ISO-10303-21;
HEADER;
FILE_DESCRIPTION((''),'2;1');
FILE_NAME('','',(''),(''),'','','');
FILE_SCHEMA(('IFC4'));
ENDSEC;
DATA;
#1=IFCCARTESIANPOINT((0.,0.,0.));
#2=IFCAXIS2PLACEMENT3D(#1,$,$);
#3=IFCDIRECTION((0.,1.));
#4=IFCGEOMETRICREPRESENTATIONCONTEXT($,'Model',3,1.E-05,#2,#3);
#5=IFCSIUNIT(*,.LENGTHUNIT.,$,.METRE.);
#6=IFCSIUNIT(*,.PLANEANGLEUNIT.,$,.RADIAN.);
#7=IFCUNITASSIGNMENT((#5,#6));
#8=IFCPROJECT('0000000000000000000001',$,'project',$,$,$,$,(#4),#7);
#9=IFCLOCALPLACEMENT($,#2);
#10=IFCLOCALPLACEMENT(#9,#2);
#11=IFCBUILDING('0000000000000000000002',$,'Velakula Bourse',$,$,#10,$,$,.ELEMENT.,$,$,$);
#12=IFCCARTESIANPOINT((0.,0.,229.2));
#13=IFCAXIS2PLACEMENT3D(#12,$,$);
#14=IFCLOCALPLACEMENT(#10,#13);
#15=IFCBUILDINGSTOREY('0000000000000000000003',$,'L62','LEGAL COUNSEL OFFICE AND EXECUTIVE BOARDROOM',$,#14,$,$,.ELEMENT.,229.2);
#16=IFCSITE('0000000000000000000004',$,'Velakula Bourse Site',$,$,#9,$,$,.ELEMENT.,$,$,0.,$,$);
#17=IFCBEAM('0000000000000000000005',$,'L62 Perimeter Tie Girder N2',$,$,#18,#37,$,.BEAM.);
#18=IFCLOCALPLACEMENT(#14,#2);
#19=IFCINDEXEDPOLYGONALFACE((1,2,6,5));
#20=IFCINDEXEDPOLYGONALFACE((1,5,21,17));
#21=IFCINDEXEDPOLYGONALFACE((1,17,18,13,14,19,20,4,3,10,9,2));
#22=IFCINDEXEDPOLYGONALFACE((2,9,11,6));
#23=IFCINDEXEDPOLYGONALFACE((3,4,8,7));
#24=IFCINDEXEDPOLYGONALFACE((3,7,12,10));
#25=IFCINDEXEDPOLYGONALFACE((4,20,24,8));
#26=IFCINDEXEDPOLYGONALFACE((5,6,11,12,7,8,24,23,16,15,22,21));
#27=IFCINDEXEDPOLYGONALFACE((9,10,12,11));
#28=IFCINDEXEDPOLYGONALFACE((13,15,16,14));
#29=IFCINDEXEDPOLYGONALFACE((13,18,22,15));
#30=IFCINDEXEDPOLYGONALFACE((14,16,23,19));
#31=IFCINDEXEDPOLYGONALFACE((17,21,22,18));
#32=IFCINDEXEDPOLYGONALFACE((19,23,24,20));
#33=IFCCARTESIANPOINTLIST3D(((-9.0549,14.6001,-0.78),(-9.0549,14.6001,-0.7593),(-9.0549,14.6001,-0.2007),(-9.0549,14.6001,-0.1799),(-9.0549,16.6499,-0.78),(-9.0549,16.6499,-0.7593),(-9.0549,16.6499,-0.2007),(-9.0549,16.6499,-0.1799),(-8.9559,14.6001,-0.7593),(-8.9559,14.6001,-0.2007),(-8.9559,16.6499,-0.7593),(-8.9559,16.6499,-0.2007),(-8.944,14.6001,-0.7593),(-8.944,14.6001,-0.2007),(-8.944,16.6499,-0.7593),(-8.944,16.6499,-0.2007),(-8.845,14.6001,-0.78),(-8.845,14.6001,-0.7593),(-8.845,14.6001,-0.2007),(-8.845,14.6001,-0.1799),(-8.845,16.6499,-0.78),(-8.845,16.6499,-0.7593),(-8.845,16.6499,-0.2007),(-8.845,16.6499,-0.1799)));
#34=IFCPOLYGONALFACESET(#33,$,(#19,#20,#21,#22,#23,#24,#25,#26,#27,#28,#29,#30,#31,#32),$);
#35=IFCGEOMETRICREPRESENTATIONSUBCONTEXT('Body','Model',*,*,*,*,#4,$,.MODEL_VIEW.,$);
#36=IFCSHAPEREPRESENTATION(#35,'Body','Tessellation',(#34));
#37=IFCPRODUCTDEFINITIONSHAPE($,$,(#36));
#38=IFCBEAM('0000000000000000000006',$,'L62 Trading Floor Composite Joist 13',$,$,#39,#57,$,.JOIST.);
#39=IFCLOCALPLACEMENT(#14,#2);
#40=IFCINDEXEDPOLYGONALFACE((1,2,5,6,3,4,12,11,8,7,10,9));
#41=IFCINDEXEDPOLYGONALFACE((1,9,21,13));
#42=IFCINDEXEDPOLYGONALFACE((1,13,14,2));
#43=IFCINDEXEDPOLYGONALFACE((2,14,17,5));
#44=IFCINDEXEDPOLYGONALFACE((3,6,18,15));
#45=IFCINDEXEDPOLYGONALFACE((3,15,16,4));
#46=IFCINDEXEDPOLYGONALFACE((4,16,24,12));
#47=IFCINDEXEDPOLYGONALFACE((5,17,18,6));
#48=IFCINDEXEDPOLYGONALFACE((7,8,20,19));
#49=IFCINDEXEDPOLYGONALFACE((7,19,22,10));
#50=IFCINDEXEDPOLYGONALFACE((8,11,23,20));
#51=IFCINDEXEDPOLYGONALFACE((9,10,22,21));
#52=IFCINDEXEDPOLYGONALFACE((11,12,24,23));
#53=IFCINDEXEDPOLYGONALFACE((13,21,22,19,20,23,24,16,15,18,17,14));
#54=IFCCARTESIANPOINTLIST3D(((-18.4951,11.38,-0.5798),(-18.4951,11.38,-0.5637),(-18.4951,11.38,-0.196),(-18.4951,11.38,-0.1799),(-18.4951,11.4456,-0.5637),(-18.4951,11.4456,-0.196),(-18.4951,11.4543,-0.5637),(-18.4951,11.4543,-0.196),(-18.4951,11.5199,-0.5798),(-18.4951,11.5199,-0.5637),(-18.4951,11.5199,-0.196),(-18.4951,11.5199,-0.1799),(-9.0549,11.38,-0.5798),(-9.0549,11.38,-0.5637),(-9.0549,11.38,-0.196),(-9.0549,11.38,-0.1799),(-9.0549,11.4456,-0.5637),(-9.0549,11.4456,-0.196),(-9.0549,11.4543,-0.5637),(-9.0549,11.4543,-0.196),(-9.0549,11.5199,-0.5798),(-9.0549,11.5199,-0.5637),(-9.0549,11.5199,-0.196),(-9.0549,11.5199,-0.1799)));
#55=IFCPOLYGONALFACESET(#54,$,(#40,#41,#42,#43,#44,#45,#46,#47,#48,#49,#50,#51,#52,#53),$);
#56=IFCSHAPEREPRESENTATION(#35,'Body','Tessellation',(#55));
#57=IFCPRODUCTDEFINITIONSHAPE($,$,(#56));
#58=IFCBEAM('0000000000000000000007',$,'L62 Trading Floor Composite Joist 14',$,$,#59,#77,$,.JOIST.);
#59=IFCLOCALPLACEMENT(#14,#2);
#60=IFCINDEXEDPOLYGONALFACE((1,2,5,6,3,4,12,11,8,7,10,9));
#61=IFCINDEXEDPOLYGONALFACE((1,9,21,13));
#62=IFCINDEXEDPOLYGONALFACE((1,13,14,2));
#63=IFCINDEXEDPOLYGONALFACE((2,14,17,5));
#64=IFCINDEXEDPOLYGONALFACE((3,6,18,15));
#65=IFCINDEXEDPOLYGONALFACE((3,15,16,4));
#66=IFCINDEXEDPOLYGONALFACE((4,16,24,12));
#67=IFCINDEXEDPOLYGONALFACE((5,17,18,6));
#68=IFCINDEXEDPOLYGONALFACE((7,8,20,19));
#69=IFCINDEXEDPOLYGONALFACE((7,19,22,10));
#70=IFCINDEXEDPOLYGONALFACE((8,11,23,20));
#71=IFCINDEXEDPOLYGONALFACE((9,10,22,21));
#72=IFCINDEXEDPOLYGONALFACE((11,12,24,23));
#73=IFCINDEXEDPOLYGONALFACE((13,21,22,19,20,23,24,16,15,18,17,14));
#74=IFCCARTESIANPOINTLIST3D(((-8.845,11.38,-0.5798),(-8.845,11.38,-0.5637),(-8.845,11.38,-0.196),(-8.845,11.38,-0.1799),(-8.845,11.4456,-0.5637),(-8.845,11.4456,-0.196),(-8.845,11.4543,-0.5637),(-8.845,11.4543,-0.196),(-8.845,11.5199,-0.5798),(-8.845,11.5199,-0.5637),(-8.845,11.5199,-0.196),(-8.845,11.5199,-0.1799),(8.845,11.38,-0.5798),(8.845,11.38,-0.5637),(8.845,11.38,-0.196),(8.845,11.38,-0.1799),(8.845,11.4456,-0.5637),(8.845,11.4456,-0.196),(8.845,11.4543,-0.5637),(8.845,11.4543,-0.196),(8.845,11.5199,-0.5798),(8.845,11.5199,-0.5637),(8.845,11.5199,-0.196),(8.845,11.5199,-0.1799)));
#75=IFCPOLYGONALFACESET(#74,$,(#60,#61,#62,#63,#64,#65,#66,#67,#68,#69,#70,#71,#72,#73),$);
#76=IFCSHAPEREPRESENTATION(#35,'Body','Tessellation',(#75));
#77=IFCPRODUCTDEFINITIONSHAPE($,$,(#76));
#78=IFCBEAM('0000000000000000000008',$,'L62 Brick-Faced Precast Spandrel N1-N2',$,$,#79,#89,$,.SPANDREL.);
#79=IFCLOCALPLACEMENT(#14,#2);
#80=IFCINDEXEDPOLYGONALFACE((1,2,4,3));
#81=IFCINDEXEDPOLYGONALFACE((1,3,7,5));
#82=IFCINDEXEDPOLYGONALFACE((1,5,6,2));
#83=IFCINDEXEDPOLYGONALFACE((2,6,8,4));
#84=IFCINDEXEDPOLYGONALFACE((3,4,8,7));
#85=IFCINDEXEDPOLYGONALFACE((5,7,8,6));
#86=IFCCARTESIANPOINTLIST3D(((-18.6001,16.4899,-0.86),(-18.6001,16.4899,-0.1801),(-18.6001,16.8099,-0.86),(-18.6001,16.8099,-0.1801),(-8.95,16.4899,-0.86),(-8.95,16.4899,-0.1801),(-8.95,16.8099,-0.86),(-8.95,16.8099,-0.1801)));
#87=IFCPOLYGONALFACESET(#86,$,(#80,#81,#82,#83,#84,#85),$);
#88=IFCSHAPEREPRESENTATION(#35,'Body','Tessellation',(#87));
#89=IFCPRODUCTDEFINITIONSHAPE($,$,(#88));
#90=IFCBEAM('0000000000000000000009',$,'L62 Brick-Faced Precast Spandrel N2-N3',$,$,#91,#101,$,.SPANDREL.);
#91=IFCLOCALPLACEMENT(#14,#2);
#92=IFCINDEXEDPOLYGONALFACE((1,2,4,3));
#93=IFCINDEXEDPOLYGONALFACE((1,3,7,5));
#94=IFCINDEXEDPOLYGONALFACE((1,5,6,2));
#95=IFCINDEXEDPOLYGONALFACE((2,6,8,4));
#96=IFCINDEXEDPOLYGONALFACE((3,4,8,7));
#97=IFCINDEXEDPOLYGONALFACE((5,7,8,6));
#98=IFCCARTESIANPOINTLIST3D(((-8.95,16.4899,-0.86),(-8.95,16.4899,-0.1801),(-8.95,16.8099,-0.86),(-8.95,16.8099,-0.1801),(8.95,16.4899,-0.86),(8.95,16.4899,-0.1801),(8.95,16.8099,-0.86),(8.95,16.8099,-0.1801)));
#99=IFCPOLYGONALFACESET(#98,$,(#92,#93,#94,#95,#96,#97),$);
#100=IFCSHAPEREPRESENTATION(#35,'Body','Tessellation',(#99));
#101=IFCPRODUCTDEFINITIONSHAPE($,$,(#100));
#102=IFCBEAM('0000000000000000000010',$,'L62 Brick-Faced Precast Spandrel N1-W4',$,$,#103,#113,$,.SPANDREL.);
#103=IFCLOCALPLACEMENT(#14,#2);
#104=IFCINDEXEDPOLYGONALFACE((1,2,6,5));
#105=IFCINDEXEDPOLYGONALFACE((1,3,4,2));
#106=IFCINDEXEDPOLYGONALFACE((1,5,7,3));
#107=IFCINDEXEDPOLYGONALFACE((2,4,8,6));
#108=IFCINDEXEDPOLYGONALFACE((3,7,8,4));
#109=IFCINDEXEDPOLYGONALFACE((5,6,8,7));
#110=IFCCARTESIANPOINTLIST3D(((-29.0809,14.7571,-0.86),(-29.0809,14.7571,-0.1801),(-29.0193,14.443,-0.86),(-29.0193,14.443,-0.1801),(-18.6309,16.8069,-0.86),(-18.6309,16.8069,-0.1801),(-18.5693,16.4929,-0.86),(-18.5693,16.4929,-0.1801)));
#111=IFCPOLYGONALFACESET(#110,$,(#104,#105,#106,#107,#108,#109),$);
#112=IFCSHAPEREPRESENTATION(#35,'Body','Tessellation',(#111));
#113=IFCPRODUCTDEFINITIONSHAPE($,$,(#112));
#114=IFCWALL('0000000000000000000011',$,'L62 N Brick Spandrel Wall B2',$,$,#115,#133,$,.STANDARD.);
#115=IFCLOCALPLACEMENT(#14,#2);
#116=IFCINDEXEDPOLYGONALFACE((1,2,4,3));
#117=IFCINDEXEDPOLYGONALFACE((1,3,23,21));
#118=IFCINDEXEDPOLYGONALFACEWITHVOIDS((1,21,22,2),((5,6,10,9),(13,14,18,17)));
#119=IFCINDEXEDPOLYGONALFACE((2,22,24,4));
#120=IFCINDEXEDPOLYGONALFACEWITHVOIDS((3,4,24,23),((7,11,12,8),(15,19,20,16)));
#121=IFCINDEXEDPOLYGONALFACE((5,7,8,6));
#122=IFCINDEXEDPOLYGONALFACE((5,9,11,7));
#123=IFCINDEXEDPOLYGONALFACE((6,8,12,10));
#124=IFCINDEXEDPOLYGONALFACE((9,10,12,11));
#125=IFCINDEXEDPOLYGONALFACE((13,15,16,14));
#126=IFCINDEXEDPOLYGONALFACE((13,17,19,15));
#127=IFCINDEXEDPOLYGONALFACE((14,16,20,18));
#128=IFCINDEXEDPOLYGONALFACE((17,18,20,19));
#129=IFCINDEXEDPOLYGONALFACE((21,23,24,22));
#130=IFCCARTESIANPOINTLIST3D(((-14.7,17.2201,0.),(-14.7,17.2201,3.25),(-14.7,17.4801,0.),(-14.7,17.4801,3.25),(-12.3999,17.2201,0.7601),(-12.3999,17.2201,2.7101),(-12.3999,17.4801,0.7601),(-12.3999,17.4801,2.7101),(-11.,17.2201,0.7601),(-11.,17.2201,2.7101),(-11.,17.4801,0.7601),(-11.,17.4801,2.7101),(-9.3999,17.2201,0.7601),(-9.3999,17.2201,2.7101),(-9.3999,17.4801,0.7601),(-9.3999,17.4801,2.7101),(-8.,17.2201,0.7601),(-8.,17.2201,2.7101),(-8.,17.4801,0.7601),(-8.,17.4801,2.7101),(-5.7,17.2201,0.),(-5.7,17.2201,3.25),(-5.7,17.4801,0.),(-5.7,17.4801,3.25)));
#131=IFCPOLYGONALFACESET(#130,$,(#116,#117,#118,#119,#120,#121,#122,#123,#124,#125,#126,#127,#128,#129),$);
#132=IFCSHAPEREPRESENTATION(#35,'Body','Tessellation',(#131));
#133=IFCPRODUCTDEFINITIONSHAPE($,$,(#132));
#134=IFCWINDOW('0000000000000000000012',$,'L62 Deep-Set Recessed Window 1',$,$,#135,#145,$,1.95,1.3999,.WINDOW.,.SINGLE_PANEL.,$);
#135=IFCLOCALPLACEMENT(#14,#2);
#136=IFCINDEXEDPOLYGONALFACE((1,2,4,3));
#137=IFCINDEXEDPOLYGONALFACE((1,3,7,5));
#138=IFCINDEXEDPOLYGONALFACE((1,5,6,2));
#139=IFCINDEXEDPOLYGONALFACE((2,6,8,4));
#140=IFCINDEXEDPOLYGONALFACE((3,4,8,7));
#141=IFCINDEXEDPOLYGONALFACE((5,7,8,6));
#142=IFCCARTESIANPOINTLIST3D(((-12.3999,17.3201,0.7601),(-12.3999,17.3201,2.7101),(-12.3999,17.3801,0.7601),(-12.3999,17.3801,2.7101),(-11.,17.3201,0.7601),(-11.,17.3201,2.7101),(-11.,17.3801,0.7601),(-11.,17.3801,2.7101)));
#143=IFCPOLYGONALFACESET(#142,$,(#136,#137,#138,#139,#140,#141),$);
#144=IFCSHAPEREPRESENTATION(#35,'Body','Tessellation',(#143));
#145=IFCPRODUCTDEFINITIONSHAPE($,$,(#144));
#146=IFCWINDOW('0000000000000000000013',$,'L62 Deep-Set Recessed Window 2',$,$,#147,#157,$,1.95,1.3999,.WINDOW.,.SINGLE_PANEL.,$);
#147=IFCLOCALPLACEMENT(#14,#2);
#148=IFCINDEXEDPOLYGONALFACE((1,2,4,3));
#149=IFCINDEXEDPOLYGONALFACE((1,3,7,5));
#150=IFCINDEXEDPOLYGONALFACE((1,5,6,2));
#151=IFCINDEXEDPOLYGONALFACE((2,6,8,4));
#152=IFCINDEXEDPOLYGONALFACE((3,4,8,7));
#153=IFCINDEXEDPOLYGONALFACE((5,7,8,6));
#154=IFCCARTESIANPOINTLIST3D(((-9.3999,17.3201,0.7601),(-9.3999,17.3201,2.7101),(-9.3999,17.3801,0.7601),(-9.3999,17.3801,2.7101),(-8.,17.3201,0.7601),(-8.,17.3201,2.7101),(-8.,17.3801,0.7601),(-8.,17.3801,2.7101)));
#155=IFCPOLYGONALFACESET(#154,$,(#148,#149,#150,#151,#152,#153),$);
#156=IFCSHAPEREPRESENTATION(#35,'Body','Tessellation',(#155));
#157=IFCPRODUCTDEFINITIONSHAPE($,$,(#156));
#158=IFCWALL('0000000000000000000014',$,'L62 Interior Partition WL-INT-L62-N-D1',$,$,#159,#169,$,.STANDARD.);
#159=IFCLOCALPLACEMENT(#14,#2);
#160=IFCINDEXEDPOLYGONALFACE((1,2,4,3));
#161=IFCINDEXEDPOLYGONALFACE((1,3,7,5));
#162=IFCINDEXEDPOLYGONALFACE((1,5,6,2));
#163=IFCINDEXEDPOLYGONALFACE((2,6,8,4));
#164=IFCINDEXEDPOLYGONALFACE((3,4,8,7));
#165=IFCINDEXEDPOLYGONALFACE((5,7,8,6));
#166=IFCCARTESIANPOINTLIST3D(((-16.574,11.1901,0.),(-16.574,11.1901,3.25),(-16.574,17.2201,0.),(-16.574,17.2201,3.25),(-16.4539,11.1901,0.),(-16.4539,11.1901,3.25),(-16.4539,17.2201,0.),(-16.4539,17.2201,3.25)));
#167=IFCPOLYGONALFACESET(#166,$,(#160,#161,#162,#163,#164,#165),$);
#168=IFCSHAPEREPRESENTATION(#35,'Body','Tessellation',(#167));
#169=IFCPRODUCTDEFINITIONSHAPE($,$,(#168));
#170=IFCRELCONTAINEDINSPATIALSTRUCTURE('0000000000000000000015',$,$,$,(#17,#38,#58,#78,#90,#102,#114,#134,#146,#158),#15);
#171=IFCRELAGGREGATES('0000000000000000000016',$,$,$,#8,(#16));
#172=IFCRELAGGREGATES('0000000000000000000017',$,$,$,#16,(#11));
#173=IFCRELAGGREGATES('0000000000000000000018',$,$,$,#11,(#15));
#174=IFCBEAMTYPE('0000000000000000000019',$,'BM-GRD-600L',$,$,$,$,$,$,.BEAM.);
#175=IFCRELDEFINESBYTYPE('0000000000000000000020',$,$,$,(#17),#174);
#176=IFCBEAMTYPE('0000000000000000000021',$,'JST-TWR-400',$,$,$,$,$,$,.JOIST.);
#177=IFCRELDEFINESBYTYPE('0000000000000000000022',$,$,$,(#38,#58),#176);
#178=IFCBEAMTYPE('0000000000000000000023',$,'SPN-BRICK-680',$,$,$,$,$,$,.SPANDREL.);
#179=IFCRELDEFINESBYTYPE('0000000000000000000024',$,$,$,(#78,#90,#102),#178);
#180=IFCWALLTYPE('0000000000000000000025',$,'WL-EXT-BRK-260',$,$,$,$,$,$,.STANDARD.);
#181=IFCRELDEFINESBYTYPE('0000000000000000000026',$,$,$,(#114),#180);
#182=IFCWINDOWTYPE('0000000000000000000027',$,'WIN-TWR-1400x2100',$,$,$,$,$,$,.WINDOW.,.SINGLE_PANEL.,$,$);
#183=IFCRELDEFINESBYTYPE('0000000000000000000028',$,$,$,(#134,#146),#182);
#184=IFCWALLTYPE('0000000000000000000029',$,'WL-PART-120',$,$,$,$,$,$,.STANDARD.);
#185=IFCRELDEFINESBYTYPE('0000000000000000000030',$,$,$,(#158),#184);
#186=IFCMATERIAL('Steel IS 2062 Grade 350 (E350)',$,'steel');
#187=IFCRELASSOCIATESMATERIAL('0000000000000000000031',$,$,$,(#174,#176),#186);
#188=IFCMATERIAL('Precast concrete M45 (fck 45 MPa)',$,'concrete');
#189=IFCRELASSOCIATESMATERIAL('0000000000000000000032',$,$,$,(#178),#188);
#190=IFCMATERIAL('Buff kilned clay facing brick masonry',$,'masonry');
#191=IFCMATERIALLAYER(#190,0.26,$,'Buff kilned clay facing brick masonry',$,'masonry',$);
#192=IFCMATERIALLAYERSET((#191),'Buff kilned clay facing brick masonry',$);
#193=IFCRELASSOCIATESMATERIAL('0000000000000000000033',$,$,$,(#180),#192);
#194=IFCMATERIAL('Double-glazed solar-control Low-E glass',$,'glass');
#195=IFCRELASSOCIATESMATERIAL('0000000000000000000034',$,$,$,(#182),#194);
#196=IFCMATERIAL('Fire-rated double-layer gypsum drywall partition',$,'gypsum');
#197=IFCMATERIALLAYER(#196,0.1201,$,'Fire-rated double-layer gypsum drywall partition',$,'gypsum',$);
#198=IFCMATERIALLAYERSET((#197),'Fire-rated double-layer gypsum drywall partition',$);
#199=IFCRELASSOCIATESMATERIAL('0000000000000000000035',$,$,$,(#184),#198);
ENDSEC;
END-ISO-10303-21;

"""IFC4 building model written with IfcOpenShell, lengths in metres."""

from ifc_helpers import new_model, si_unit, direction, frame, frame_2d, origin, origin_2d, place, context, subcontext, project, spatial, rectangle, i_section, extrude, material, layer, layer_set, material_profile, profile_set, type_object, element, fill, save


model = new_model("IFC4")

# Units and contexts
model_context = context("Model", 3, precision=1e-05, world=origin(), true_north=direction((0.0, 1.0)))
body_context = subcontext(model_context, "Body", "Model", "MODEL_VIEW")
ifc_project = project(units=[si_unit("LENGTHUNIT", "METRE"), si_unit("PLANEANGLEUNIT", "RADIAN")], contexts=[model_context])

# Site, building, storey
site_placement = place(None, origin())
site = spatial("IfcSite", under=ifc_project, at=site_placement, Name="Velakula Bourse Site", CompositionType="ELEMENT", RefElevation=0.0)
building_placement = place(site_placement, origin())
building = spatial("IfcBuilding", under=site, at=building_placement, Name="Velakula Bourse", CompositionType="ELEMENT")
storey_placement = place(building_placement, frame((0.0, 0.0, 229.2)))
storey = spatial("IfcBuildingStorey", under=building, at=storey_placement, Name="L62", Description="LEGAL COUNSEL OFFICE AND EXECUTIVE BOARDROOM", CompositionType="ELEMENT", Elevation=229.2)

# Shared definitions
ifc_material_1 = material(Name="Steel IS 2062 Grade 350 (E350)", Category="steel")

# Beams
ifc_material_profile_1 = material_profile(ifc_material_1, i_section(OverallWidth=0.21, OverallDepth=0.6001, WebThickness=0.012, FlangeThickness=0.0208, at=origin_2d()), Name="Steel IS 2062 Grade 350 (E350)")
ifc_profile_set_1 = profile_set([ifc_material_profile_1], Name="Steel IS 2062 Grade 350 (E350)")
beam_type_1 = type_object("IfcBeamType", Name="BM-GRD-600L", PredefinedType="BEAM", material=ifc_profile_set_1)
for number, where, z_axis, x_axis, name in (
    (1, (-8.95, 14.6001, -0.48), (0.0, 1.0, 0.0), (-1.0, 0.0, 0.0), "L62 Perimeter Tie Girder N2"),
):
    element("IfcBeam", number, at=place(storey_placement, frame(where, z_axis=z_axis, x_axis=x_axis)), inside=storey, type_object=beam_type_1, Name=name, PredefinedType="BEAM", context=body_context, shape_type="SweptSolid", body=[
        extrude(i_section(OverallWidth=0.21, OverallDepth=0.6001, WebThickness=0.012, FlangeThickness=0.0208, at=origin_2d()), origin(), (0.0, 0.0, 1.0), 2.0498),
    ])
ifc_material_profile_2 = material_profile(ifc_material_1, i_section(OverallWidth=0.1399, OverallDepth=0.3999, WebThickness=0.0088, FlangeThickness=0.0161, at=origin_2d()), Name="Steel IS 2062 Grade 350 (E350)")
ifc_profile_set_2 = profile_set([ifc_material_profile_2], Name="Steel IS 2062 Grade 350 (E350)")
beam_type_2 = type_object("IfcBeamType", Name="JST-TWR-400", PredefinedType="JOIST", material=ifc_profile_set_2)
beam_1_placement = place(storey_placement, frame((-18.4951, 11.45, -0.3799), z_axis=(1.0, 0.0, 0.0), x_axis=(0.0, 1.0, 0.0)))
element("IfcBeam", 2, at=beam_1_placement, inside=storey, type_object=beam_type_2, Name="L62 Trading Floor Composite Joist 13", PredefinedType="JOIST", context=body_context, shape_type="SweptSolid", body=[
    extrude(i_section(OverallWidth=0.1399, OverallDepth=0.3999, WebThickness=0.0088, FlangeThickness=0.0161, at=origin_2d()), origin(), (0.0, 0.0, 1.0), 9.4402),
])
beam_2_placement = place(storey_placement, frame((-8.845, 11.45, -0.3799), z_axis=(1.0, 0.0, 0.0), x_axis=(0.0, 1.0, 0.0)))
element("IfcBeam", 3, at=beam_2_placement, inside=storey, type_object=beam_type_2, Name="L62 Trading Floor Composite Joist 14", PredefinedType="JOIST", context=body_context, shape_type="SweptSolid", body=[
    extrude(i_section(OverallWidth=0.1399, OverallDepth=0.3999, WebThickness=0.0088, FlangeThickness=0.0161, at=origin_2d()), origin(), (0.0, 0.0, 1.0), 17.6899),
])
ifc_material_2 = material(Name="Precast concrete M45 (fck 45 MPa)", Category="concrete")
ifc_material_profile_3 = material_profile(ifc_material_2, rectangle(XDim=0.3201, YDim=0.6799, at=origin_2d()), Name="Precast concrete M45 (fck 45 MPa)")
ifc_profile_set_3 = profile_set([ifc_material_profile_3], Name="Precast concrete M45 (fck 45 MPa)")
beam_type_3 = type_object("IfcBeamType", Name="SPN-BRICK-680", PredefinedType="SPANDREL", material=ifc_profile_set_3)
beam_3_placement = place(storey_placement, frame((-18.6001, 16.6499, -0.52), z_axis=(1.0, 0.0, 0.0), x_axis=(0.0, 1.0, 0.0)))
element("IfcBeam", 4, at=beam_3_placement, inside=storey, type_object=beam_type_3, Name="L62 Brick-Faced Precast Spandrel N1-N2", PredefinedType="SPANDREL", context=body_context, shape_type="SweptSolid", body=[
    extrude(rectangle(XDim=0.3201, YDim=0.6799, at=origin_2d()), origin(), (0.0, 0.0, 1.0), 9.6501),
])
beam_4_placement = place(storey_placement, frame((-8.95, 16.6499, -0.52), z_axis=(1.0, 0.0, 0.0), x_axis=(0.0, 1.0, 0.0)))
element("IfcBeam", 5, at=beam_4_placement, inside=storey, type_object=beam_type_3, Name="L62 Brick-Faced Precast Spandrel N2-N3", PredefinedType="SPANDREL", context=body_context, shape_type="SweptSolid", body=[
    extrude(rectangle(XDim=0.3201, YDim=0.6799, at=origin_2d()), origin(), (0.0, 0.0, 1.0), 17.8999),
])
beam_5_placement = place(storey_placement, frame((-18.6001, 16.6499, -0.52), z_axis=(-0.9813, -0.192486, 0.0), x_axis=(0.192486, -0.9813, 0.0)))
element("IfcBeam", 6, at=beam_5_placement, inside=storey, type_object=beam_type_3, Name="L62 Brick-Faced Precast Spandrel N1-W4", PredefinedType="SPANDREL", context=body_context, shape_type="SweptSolid", body=[
    extrude(rectangle(XDim=0.3201, YDim=0.6799, at=origin_2d()), origin(), (0.0, 0.0, 1.0), 10.6492),
])

# Wall, openings, windows
ifc_material_3 = material(Name="Buff kilned clay facing brick masonry", Category="masonry")
ifc_layer_1 = layer(ifc_material_3, 0.26, Name="Buff kilned clay facing brick masonry", Category="masonry")
ifc_layer_set_1 = layer_set([ifc_layer_1], Name="Buff kilned clay facing brick masonry")
wall_type_1 = type_object("IfcWallType", Name="WL-EXT-BRK-260", PredefinedType="STANDARD", material=ifc_layer_set_1)
wall_1_placement = place(storey_placement, frame((-14.7, 17.3501, 0.0), z_axis=(0.0, 0.0, 1.0), x_axis=(1.0, 0.0, 0.0)))
wall_1 = element("IfcWall", 7, at=wall_1_placement, inside=storey, type_object=wall_type_1, Name="L62 N Brick Spandrel Wall B2", PredefinedType="STANDARD", context=body_context, shape_type="SweptSolid", body=[
    extrude(rectangle(XDim=9.0, YDim=0.26, at=frame_2d((4.5, 0.0))), origin(), (0.0, 0.0, 1.0), 3.25),
])
opening_1_placement = place(wall_1_placement, frame((2.3, 0.0, 0.76)))
opening_1 = element("IfcOpeningElement", 8, at=opening_1_placement, cuts=wall_1, PredefinedType="OPENING", context=body_context, shape_type="SweptSolid", body=[
    extrude(rectangle(XDim=1.3999, YDim=1.95, at=frame_2d((0.7, 0.9751))), frame((0.0, 0.1399, 0.0), z_axis=(0.0, -1.0, 0.0), x_axis=(1.0, 0.0, 0.0)), (0.0, 0.0, 1.0), 0.28),
])
opening_2_placement = place(wall_1_placement, frame((5.3, 0.0, 0.76)))
opening_2 = element("IfcOpeningElement", 9, at=opening_2_placement, cuts=wall_1, PredefinedType="OPENING", context=body_context, shape_type="SweptSolid", body=[
    extrude(rectangle(XDim=1.3999, YDim=1.95, at=frame_2d((0.7, 0.9751))), frame((0.0, 0.1399, 0.0), z_axis=(0.0, -1.0, 0.0), x_axis=(1.0, 0.0, 0.0)), (0.0, 0.0, 1.0), 0.28),
])
ifc_material_4 = material(Name="Double-glazed solar-control Low-E glass", Category="glass")
window_type = type_object("IfcWindowType", Name="WIN-TWR-1400x2100", PartitioningType="SINGLE_PANEL", PredefinedType="WINDOW", material=ifc_material_4)
window_1_placement = place(opening_1_placement, origin())
window_1 = element("IfcWindow", 10, at=window_1_placement, inside=storey, type_object=window_type, Name="L62 Deep-Set Recessed Window 1", OverallHeight=1.95, OverallWidth=1.3999, PartitioningType="SINGLE_PANEL", PredefinedType="WINDOW", context=body_context, shape_type="SweptSolid", body=[
    extrude(rectangle(XDim=1.3999, YDim=1.95, at=frame_2d((0.7, 0.9751))), frame((0.0, 0.03, 0.0), z_axis=(0.0, -1.0, 0.0), x_axis=(1.0, 0.0, 0.0)), (0.0, 0.0, 1.0), 0.0601),
])
fill(opening_1, window_1)
window_2_placement = place(opening_2_placement, origin())
window_2 = element("IfcWindow", 11, at=window_2_placement, inside=storey, type_object=window_type, Name="L62 Deep-Set Recessed Window 2", OverallHeight=1.95, OverallWidth=1.3999, PartitioningType="SINGLE_PANEL", PredefinedType="WINDOW", context=body_context, shape_type="SweptSolid", body=[
    extrude(rectangle(XDim=1.3999, YDim=1.95, at=frame_2d((0.7, 0.9751))), frame((0.0, 0.03, 0.0), z_axis=(0.0, -1.0, 0.0), x_axis=(1.0, 0.0, 0.0)), (0.0, 0.0, 1.0), 0.0601),
])
fill(opening_2, window_2)

# Wall
ifc_material_5 = material(Name="Fire-rated double-layer gypsum drywall partition", Category="gypsum")
ifc_layer_2 = layer(ifc_material_5, 0.1201, Name="Fire-rated double-layer gypsum drywall partition", Category="gypsum")
ifc_layer_set_2 = layer_set([ifc_layer_2], Name="Fire-rated double-layer gypsum drywall partition")
wall_type_2 = type_object("IfcWallType", Name="WL-PART-120", PredefinedType="STANDARD", material=ifc_layer_set_2)
wall_2_placement = place(storey_placement, frame((-16.5139, 11.1899, 0.0), z_axis=(0.0, 0.0, 1.0), x_axis=(0.0, 1.0, 0.0)))
element("IfcWall", 12, at=wall_2_placement, inside=storey, type_object=wall_type_2, Name="L62 Interior Partition WL-INT-L62-N-D1", PredefinedType="STANDARD", context=body_context, shape_type="SweptSolid", body=[
    extrude(rectangle(XDim=6.03, YDim=0.1201, at=frame_2d((3.0151, 0.0))), origin(), (0.0, 0.0, 1.0), 3.25),
])

save(model, "model.ifc")
